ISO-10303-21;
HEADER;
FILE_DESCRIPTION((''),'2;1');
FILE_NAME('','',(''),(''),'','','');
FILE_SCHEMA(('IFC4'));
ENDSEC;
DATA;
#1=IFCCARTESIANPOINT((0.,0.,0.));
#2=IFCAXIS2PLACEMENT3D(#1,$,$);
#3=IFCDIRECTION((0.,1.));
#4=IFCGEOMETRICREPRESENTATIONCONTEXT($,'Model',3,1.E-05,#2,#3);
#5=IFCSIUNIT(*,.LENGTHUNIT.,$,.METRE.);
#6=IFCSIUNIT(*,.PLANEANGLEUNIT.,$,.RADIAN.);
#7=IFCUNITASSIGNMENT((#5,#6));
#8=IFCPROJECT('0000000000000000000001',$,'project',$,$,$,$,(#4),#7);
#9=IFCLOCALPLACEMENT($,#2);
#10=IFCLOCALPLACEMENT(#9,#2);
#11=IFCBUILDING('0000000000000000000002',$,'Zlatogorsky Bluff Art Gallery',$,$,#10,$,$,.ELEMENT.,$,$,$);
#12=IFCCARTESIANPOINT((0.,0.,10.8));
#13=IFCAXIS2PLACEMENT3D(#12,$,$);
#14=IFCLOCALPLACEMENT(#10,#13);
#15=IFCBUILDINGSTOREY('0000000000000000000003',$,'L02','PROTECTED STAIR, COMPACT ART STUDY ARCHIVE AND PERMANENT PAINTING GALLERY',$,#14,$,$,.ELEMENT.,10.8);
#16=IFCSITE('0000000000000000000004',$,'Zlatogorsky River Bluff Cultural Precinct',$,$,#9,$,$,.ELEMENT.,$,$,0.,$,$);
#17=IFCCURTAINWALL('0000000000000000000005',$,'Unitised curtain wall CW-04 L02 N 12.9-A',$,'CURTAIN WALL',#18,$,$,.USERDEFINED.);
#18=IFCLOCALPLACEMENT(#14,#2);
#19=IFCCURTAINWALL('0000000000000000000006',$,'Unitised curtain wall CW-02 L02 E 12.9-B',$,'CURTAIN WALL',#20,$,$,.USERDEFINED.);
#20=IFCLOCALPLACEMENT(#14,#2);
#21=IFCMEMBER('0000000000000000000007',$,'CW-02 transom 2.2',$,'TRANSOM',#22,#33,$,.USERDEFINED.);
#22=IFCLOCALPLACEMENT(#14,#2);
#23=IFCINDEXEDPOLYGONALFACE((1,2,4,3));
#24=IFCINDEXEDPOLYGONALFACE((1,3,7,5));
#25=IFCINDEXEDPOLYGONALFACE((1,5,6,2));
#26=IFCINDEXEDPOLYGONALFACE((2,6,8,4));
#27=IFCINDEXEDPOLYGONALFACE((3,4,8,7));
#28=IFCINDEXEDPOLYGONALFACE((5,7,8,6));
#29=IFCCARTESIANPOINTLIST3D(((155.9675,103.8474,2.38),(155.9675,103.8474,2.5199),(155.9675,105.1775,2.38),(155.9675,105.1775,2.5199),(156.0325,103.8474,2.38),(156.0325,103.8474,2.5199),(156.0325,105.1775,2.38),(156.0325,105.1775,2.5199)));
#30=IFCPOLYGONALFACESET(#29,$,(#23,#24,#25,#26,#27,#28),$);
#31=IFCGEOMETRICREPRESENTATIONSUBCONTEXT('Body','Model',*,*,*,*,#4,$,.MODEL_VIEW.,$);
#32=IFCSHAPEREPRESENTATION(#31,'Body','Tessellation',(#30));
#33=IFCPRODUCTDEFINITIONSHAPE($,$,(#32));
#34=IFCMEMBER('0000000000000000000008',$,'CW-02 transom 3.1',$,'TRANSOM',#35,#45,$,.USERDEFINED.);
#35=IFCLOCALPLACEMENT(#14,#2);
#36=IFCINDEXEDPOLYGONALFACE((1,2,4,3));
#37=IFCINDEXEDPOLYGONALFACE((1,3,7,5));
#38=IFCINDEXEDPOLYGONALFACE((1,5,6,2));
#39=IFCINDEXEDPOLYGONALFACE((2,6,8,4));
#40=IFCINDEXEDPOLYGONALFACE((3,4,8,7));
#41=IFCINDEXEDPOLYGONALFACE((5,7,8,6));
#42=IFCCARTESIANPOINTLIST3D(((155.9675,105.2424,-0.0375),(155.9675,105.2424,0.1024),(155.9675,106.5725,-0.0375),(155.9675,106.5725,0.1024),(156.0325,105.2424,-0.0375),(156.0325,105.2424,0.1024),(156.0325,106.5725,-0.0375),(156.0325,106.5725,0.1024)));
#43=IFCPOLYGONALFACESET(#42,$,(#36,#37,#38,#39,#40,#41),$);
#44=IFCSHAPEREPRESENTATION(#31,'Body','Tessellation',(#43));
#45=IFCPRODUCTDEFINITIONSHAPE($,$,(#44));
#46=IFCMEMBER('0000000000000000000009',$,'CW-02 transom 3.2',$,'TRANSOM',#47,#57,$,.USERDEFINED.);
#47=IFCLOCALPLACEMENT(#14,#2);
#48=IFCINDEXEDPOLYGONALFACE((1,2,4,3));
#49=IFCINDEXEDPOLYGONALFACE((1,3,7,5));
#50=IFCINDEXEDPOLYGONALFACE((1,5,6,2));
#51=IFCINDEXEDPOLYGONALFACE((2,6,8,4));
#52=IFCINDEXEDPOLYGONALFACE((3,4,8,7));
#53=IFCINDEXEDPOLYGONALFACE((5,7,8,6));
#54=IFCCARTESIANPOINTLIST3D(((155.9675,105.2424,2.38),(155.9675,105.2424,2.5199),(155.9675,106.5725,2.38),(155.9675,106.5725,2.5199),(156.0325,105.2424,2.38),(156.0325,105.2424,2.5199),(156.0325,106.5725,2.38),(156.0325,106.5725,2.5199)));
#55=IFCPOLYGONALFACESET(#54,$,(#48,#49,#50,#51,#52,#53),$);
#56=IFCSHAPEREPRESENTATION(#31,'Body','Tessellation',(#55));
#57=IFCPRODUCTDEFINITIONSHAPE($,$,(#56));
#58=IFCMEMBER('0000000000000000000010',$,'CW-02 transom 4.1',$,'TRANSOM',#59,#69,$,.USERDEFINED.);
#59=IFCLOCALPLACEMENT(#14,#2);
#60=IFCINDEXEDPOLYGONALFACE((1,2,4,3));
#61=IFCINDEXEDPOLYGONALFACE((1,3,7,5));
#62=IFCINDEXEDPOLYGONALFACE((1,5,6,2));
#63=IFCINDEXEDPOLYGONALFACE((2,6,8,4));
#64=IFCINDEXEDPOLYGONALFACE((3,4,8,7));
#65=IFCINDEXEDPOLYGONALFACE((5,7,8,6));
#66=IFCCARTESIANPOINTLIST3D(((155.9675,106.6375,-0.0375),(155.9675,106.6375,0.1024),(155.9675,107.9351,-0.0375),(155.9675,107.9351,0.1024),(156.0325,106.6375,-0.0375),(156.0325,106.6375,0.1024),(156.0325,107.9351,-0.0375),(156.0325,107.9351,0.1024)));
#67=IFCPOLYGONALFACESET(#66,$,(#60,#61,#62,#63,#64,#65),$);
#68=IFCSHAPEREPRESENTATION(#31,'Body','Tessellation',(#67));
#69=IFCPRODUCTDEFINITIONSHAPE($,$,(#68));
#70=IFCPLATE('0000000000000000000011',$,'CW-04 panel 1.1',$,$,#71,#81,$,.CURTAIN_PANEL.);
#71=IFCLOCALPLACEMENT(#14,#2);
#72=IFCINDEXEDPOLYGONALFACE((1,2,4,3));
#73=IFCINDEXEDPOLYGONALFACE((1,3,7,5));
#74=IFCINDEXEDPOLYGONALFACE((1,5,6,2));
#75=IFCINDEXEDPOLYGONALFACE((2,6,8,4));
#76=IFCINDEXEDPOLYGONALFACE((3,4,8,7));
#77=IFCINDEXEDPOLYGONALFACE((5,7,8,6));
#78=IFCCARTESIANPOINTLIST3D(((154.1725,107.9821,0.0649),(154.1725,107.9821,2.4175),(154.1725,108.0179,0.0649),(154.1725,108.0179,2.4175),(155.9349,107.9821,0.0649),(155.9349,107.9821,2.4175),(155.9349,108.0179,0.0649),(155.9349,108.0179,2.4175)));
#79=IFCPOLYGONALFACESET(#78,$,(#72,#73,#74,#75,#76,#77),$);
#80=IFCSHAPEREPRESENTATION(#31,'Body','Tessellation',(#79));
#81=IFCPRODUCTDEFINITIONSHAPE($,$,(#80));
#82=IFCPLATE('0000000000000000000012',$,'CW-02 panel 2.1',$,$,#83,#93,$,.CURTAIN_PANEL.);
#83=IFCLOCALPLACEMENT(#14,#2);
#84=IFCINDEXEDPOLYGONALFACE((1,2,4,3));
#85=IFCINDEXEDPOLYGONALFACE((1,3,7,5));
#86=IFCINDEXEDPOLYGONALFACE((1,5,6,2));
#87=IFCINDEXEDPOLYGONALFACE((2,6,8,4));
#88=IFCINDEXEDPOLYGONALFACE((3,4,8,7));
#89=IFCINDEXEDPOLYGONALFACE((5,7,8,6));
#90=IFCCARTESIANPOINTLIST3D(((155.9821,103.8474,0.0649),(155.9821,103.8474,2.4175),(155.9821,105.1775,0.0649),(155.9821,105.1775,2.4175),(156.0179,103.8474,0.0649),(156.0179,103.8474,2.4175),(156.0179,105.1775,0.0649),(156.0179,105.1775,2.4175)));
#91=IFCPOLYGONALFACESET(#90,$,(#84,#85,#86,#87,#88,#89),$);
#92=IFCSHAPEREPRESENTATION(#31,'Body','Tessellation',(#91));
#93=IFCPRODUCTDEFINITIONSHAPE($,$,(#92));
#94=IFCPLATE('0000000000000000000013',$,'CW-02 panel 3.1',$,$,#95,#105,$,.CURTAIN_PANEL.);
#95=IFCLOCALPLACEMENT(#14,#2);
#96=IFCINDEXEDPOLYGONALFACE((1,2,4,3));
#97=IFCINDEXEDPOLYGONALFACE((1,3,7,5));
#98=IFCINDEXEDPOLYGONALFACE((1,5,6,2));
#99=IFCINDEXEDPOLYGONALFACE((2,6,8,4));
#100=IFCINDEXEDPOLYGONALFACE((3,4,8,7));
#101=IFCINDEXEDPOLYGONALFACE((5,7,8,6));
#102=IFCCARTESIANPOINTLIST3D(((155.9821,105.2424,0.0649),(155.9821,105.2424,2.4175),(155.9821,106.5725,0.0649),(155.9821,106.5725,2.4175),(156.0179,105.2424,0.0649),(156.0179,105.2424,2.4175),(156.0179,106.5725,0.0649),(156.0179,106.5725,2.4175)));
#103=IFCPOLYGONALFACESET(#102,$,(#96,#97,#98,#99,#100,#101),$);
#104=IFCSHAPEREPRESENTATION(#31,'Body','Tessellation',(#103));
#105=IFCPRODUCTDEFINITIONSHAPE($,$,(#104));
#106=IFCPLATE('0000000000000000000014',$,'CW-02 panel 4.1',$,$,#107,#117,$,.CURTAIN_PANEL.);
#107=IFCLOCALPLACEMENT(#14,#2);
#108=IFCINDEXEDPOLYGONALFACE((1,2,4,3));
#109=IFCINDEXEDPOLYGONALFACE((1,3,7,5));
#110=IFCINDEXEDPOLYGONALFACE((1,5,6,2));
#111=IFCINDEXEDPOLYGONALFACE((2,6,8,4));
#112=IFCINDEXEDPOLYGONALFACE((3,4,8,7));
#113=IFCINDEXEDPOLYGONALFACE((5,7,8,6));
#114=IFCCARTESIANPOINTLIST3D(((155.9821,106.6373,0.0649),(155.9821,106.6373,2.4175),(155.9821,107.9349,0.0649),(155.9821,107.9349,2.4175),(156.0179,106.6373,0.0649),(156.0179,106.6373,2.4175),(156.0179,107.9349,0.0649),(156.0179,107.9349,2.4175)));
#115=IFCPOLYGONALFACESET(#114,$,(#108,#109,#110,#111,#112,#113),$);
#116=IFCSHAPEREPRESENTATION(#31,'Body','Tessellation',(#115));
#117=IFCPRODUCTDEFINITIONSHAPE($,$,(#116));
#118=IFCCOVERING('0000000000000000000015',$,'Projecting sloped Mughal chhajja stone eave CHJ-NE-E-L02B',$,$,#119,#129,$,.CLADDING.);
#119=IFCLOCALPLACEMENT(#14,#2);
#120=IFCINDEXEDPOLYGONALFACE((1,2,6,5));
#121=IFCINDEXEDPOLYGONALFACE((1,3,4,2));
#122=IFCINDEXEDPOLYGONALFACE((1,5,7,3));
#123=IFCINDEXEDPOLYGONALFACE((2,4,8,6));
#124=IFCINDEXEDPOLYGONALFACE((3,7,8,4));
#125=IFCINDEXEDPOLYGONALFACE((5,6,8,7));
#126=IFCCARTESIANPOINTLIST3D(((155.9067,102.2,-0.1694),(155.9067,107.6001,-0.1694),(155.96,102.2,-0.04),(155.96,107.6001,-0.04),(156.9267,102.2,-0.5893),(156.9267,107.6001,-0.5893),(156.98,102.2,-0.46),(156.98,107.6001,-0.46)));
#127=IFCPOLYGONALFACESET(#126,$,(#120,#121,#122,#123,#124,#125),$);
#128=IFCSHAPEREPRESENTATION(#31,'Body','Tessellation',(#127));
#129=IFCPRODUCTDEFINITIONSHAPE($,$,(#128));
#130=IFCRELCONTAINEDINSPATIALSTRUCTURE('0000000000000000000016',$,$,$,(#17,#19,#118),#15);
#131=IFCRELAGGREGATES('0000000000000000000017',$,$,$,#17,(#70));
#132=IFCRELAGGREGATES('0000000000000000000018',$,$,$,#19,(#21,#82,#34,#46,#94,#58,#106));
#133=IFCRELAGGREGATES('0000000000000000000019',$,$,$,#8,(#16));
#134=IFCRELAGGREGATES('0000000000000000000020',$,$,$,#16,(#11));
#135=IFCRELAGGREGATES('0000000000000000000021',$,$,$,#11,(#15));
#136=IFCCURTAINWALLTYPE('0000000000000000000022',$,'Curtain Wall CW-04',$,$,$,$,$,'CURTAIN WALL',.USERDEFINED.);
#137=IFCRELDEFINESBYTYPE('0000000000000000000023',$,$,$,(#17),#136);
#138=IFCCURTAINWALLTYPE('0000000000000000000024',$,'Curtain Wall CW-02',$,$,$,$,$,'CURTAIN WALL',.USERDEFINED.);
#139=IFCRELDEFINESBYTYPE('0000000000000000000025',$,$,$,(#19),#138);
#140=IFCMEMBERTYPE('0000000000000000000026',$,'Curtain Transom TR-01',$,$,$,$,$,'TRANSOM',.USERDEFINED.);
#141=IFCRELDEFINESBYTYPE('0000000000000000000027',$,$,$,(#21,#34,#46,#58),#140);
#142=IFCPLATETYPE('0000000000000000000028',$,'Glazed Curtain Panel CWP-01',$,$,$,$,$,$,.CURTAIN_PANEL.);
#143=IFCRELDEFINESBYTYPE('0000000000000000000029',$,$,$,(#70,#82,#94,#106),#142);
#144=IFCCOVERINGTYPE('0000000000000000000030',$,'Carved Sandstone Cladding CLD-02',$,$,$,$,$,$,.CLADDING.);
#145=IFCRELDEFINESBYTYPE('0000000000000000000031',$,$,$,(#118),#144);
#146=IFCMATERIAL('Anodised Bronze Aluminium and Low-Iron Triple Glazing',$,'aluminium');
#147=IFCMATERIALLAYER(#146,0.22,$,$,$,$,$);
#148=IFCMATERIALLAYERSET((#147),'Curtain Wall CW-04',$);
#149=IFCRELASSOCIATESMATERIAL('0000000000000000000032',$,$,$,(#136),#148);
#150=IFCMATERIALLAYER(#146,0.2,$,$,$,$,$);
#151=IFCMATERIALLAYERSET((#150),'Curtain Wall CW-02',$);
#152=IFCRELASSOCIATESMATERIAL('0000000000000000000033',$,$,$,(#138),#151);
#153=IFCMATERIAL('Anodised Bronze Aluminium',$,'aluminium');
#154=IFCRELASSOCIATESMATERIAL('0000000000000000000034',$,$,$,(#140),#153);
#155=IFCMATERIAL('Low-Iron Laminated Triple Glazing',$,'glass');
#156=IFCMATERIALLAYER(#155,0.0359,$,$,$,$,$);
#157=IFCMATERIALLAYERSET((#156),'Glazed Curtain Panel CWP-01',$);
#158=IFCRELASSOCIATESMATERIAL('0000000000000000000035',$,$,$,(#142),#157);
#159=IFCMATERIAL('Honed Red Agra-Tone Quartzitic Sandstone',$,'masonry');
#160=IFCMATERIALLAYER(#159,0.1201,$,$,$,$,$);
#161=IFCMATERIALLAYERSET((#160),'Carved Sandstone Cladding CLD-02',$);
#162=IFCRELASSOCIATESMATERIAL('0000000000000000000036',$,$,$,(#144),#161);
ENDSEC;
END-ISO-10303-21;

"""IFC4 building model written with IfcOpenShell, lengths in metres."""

from ifc_helpers import new_model, si_unit, direction, frame, origin, origin_2d, place, context, subcontext, project, spatial, polyline, rectangle, outline, extrude, material, layer, layer_set, material_profile, profile_set, type_object, element, aggregate, save


model = new_model("IFC4")

# Units and contexts
model_context = context("Model", 3, precision=1e-05, world=origin(), true_north=direction((0.0, 1.0)))
body_context = subcontext(model_context, "Body", "Model", "MODEL_VIEW")
ifc_project = project(units=[si_unit("LENGTHUNIT", "METRE"), si_unit("PLANEANGLEUNIT", "RADIAN")], contexts=[model_context])

# Site, building, storey
site_placement = place(None, origin())
site = spatial("IfcSite", under=ifc_project, at=site_placement, Name="Zlatogorsky River Bluff Cultural Precinct", CompositionType="ELEMENT", RefElevation=0.0)
building_placement = place(site_placement, origin())
building = spatial("IfcBuilding", under=site, at=building_placement, Name="Zlatogorsky Bluff Art Gallery", CompositionType="ELEMENT")
storey_placement = place(building_placement, frame((0.0, 0.0, 10.8)))
storey = spatial("IfcBuildingStorey", under=building, at=storey_placement, Name="L02", Description="PROTECTED STAIR, COMPACT ART STUDY ARCHIVE AND PERMANENT PAINTING GALLERY", CompositionType="ELEMENT", Elevation=10.8)

# Curtain walls
ifc_material_1 = material(Name="Anodised Bronze Aluminium and Low-Iron Triple Glazing", Category="aluminium")
ifc_layer_1 = layer(ifc_material_1, 0.22)
ifc_layer_set_1 = layer_set([ifc_layer_1], Name="Curtain Wall CW-04")
curtain_wall_type_1 = type_object("IfcCurtainWallType", Name="Curtain Wall CW-04", ElementType="CURTAIN WALL", PredefinedType="USERDEFINED", material=ifc_layer_set_1)
curtain_wall_1_placement = place(storey_placement, origin())
curtain_wall_1 = element("IfcCurtainWall", 1, at=curtain_wall_1_placement, inside=storey, type_object=curtain_wall_type_1, Name="Unitised curtain wall CW-04 L02 N 12.9-A", ObjectType="CURTAIN WALL", PredefinedType="USERDEFINED")
ifc_material_2 = material(Name="Anodised Bronze Aluminium", Category="aluminium")
ifc_layer_2 = layer(ifc_material_1, 0.2)
ifc_layer_set_2 = layer_set([ifc_layer_2], Name="Curtain Wall CW-02")
curtain_wall_type_2 = type_object("IfcCurtainWallType", Name="Curtain Wall CW-02", ElementType="CURTAIN WALL", PredefinedType="USERDEFINED", material=ifc_layer_set_2)
curtain_wall_2_placement = place(storey_placement, origin())
curtain_wall_2 = element("IfcCurtainWall", 2, at=curtain_wall_2_placement, inside=storey, type_object=curtain_wall_type_2, Name="Unitised curtain wall CW-02 L02 E 12.9-B", ObjectType="CURTAIN WALL", PredefinedType="USERDEFINED")

# Members
ifc_material_profile_1 = material_profile(ifc_material_2, rectangle(XDim=0.0649, YDim=0.1399, at=origin_2d()), Name="ALU TRANSOM 65x140")
ifc_profile_set_1 = profile_set([ifc_material_profile_1], Name="Anodised Bronze Aluminium")
member_type_1 = type_object("IfcMemberType", Name="Curtain Transom TR-01", ElementType="TRANSOM", PredefinedType="USERDEFINED", material=ifc_profile_set_1)
member_1_placement = place(storey_placement, frame((156.0, 103.8474, 2.45), z_axis=(0.0, 1.0, 0.0), x_axis=(-1.0, 0.0, 0.0)))
member_1 = element("IfcMember", 3, at=member_1_placement, type_object=member_type_1, Name="CW-02 transom 2.2", ObjectType="TRANSOM", PredefinedType="USERDEFINED", context=body_context, shape_type="SweptSolid", body=[
    extrude(rectangle(XDim=0.0649, YDim=0.1399, at=origin_2d()), origin(), (0.0, 0.0, 1.0), 1.3301),
])
member_2_placement = place(storey_placement, frame((156.0, 105.2424, 0.0325), z_axis=(0.0, 1.0, 0.0), x_axis=(-1.0, 0.0, 0.0)))
member_2 = element("IfcMember", 4, at=member_2_placement, type_object=member_type_1, Name="CW-02 transom 3.1", ObjectType="TRANSOM", PredefinedType="USERDEFINED", context=body_context, shape_type="SweptSolid", body=[
    extrude(rectangle(XDim=0.0649, YDim=0.1399, at=origin_2d()), origin(), (0.0, 0.0, 1.0), 1.3301),
])
member_3_placement = place(storey_placement, frame((156.0, 105.2424, 2.45), z_axis=(0.0, 1.0, 0.0), x_axis=(-1.0, 0.0, 0.0)))
member_3 = element("IfcMember", 5, at=member_3_placement, type_object=member_type_1, Name="CW-02 transom 3.2", ObjectType="TRANSOM", PredefinedType="USERDEFINED", context=body_context, shape_type="SweptSolid", body=[
    extrude(rectangle(XDim=0.0649, YDim=0.1399, at=origin_2d()), origin(), (0.0, 0.0, 1.0), 1.3301),
])
member_4_placement = place(storey_placement, frame((156.0, 106.6375, 0.0325), z_axis=(0.0, 1.0, 0.0), x_axis=(-1.0, 0.0, 0.0)))
member_4 = element("IfcMember", 6, at=member_4_placement, type_object=member_type_1, Name="CW-02 transom 4.1", ObjectType="TRANSOM", PredefinedType="USERDEFINED", context=body_context, shape_type="SweptSolid", body=[
    extrude(rectangle(XDim=0.0649, YDim=0.1399, at=origin_2d()), origin(), (0.0, 0.0, 1.0), 1.2976),
])

# Plates
ifc_material_3 = material(Name="Low-Iron Laminated Triple Glazing", Category="glass")
ifc_layer_3 = layer(ifc_material_3, 0.0359)
ifc_layer_set_3 = layer_set([ifc_layer_3], Name="Glazed Curtain Panel CWP-01")
plate_type = type_object("IfcPlateType", Name="Glazed Curtain Panel CWP-01", PredefinedType="CURTAIN_PANEL", material=ifc_layer_set_3)
plate_1_placement = place(storey_placement, frame((155.0537, 108.0, 0.0649), z_axis=(0.0, 0.0, 1.0), x_axis=(-1.0, 0.0, 0.0)))
plate_1 = element("IfcPlate", 7, at=plate_1_placement, type_object=plate_type, Name="CW-04 panel 1.1", PredefinedType="CURTAIN_PANEL", context=body_context, shape_type="SweptSolid", body=[
    extrude(rectangle(XDim=1.7625, YDim=0.0359, at=origin_2d()), origin(), (0.0, 0.0, 1.0), 2.3525),
])
aggregate(curtain_wall_1, [plate_1])
plate_2_placement = place(storey_placement, frame((156.0, 104.5125, 0.0649), z_axis=(0.0, 0.0, 1.0), x_axis=(0.0, 1.0, 0.0)))
plate_2 = element("IfcPlate", 8, at=plate_2_placement, type_object=plate_type, Name="CW-02 panel 2.1", PredefinedType="CURTAIN_PANEL", context=body_context, shape_type="SweptSolid", body=[
    extrude(rectangle(XDim=1.3301, YDim=0.0359, at=origin_2d()), origin(), (0.0, 0.0, 1.0), 2.3525),
])
plate_3_placement = place(storey_placement, frame((156.0, 105.9075, 0.0649), z_axis=(0.0, 0.0, 1.0), x_axis=(0.0, 1.0, 0.0)))
plate_3 = element("IfcPlate", 9, at=plate_3_placement, type_object=plate_type, Name="CW-02 panel 3.1", PredefinedType="CURTAIN_PANEL", context=body_context, shape_type="SweptSolid", body=[
    extrude(rectangle(XDim=1.3301, YDim=0.0359, at=origin_2d()), origin(), (0.0, 0.0, 1.0), 2.3525),
])
plate_4_placement = place(storey_placement, frame((156.0, 107.2861, 0.0649), z_axis=(0.0, 0.0, 1.0), x_axis=(0.0, 1.0, 0.0)))
plate_4 = element("IfcPlate", 10, at=plate_4_placement, type_object=plate_type, Name="CW-02 panel 4.1", PredefinedType="CURTAIN_PANEL", context=body_context, shape_type="SweptSolid", body=[
    extrude(rectangle(XDim=1.2976, YDim=0.0359, at=origin_2d()), origin(), (0.0, 0.0, 1.0), 2.3525),
])
aggregate(curtain_wall_2, [member_1, plate_2, member_2, member_3, plate_3, member_4, plate_4])

# Covering
ifc_material_4 = material(Name="Honed Red Agra-Tone Quartzitic Sandstone", Category="masonry")
ifc_layer_4 = layer(ifc_material_4, 0.1201)
ifc_layer_set_4 = layer_set([ifc_layer_4], Name="Carved Sandstone Cladding CLD-02")
covering_type = type_object("IfcCoveringType", Name="Carved Sandstone Cladding CLD-02", PredefinedType="CLADDING", material=ifc_layer_set_4)
covering_placement = place(storey_placement, frame((155.96, 107.6001, -0.04), z_axis=(0.380683, 0.0, 0.924706), x_axis=(0.0, -1.0, 0.0)))
element("IfcCovering", 11, at=covering_placement, inside=storey, type_object=covering_type, Name="Projecting sloped Mughal chhajja stone eave CHJ-NE-E-L02B", PredefinedType="CLADDING", context=body_context, shape_type="SweptSolid", body=[
    extrude(outline(polyline([(0.0, 0.0), (5.4001, 0.0), (5.4001, 1.1031), (0.0, 1.1031), (0.0, 0.0)])), origin(), (0.0, 0.0, -1.0), 0.1399),
])

save(model, "model.ifc")
